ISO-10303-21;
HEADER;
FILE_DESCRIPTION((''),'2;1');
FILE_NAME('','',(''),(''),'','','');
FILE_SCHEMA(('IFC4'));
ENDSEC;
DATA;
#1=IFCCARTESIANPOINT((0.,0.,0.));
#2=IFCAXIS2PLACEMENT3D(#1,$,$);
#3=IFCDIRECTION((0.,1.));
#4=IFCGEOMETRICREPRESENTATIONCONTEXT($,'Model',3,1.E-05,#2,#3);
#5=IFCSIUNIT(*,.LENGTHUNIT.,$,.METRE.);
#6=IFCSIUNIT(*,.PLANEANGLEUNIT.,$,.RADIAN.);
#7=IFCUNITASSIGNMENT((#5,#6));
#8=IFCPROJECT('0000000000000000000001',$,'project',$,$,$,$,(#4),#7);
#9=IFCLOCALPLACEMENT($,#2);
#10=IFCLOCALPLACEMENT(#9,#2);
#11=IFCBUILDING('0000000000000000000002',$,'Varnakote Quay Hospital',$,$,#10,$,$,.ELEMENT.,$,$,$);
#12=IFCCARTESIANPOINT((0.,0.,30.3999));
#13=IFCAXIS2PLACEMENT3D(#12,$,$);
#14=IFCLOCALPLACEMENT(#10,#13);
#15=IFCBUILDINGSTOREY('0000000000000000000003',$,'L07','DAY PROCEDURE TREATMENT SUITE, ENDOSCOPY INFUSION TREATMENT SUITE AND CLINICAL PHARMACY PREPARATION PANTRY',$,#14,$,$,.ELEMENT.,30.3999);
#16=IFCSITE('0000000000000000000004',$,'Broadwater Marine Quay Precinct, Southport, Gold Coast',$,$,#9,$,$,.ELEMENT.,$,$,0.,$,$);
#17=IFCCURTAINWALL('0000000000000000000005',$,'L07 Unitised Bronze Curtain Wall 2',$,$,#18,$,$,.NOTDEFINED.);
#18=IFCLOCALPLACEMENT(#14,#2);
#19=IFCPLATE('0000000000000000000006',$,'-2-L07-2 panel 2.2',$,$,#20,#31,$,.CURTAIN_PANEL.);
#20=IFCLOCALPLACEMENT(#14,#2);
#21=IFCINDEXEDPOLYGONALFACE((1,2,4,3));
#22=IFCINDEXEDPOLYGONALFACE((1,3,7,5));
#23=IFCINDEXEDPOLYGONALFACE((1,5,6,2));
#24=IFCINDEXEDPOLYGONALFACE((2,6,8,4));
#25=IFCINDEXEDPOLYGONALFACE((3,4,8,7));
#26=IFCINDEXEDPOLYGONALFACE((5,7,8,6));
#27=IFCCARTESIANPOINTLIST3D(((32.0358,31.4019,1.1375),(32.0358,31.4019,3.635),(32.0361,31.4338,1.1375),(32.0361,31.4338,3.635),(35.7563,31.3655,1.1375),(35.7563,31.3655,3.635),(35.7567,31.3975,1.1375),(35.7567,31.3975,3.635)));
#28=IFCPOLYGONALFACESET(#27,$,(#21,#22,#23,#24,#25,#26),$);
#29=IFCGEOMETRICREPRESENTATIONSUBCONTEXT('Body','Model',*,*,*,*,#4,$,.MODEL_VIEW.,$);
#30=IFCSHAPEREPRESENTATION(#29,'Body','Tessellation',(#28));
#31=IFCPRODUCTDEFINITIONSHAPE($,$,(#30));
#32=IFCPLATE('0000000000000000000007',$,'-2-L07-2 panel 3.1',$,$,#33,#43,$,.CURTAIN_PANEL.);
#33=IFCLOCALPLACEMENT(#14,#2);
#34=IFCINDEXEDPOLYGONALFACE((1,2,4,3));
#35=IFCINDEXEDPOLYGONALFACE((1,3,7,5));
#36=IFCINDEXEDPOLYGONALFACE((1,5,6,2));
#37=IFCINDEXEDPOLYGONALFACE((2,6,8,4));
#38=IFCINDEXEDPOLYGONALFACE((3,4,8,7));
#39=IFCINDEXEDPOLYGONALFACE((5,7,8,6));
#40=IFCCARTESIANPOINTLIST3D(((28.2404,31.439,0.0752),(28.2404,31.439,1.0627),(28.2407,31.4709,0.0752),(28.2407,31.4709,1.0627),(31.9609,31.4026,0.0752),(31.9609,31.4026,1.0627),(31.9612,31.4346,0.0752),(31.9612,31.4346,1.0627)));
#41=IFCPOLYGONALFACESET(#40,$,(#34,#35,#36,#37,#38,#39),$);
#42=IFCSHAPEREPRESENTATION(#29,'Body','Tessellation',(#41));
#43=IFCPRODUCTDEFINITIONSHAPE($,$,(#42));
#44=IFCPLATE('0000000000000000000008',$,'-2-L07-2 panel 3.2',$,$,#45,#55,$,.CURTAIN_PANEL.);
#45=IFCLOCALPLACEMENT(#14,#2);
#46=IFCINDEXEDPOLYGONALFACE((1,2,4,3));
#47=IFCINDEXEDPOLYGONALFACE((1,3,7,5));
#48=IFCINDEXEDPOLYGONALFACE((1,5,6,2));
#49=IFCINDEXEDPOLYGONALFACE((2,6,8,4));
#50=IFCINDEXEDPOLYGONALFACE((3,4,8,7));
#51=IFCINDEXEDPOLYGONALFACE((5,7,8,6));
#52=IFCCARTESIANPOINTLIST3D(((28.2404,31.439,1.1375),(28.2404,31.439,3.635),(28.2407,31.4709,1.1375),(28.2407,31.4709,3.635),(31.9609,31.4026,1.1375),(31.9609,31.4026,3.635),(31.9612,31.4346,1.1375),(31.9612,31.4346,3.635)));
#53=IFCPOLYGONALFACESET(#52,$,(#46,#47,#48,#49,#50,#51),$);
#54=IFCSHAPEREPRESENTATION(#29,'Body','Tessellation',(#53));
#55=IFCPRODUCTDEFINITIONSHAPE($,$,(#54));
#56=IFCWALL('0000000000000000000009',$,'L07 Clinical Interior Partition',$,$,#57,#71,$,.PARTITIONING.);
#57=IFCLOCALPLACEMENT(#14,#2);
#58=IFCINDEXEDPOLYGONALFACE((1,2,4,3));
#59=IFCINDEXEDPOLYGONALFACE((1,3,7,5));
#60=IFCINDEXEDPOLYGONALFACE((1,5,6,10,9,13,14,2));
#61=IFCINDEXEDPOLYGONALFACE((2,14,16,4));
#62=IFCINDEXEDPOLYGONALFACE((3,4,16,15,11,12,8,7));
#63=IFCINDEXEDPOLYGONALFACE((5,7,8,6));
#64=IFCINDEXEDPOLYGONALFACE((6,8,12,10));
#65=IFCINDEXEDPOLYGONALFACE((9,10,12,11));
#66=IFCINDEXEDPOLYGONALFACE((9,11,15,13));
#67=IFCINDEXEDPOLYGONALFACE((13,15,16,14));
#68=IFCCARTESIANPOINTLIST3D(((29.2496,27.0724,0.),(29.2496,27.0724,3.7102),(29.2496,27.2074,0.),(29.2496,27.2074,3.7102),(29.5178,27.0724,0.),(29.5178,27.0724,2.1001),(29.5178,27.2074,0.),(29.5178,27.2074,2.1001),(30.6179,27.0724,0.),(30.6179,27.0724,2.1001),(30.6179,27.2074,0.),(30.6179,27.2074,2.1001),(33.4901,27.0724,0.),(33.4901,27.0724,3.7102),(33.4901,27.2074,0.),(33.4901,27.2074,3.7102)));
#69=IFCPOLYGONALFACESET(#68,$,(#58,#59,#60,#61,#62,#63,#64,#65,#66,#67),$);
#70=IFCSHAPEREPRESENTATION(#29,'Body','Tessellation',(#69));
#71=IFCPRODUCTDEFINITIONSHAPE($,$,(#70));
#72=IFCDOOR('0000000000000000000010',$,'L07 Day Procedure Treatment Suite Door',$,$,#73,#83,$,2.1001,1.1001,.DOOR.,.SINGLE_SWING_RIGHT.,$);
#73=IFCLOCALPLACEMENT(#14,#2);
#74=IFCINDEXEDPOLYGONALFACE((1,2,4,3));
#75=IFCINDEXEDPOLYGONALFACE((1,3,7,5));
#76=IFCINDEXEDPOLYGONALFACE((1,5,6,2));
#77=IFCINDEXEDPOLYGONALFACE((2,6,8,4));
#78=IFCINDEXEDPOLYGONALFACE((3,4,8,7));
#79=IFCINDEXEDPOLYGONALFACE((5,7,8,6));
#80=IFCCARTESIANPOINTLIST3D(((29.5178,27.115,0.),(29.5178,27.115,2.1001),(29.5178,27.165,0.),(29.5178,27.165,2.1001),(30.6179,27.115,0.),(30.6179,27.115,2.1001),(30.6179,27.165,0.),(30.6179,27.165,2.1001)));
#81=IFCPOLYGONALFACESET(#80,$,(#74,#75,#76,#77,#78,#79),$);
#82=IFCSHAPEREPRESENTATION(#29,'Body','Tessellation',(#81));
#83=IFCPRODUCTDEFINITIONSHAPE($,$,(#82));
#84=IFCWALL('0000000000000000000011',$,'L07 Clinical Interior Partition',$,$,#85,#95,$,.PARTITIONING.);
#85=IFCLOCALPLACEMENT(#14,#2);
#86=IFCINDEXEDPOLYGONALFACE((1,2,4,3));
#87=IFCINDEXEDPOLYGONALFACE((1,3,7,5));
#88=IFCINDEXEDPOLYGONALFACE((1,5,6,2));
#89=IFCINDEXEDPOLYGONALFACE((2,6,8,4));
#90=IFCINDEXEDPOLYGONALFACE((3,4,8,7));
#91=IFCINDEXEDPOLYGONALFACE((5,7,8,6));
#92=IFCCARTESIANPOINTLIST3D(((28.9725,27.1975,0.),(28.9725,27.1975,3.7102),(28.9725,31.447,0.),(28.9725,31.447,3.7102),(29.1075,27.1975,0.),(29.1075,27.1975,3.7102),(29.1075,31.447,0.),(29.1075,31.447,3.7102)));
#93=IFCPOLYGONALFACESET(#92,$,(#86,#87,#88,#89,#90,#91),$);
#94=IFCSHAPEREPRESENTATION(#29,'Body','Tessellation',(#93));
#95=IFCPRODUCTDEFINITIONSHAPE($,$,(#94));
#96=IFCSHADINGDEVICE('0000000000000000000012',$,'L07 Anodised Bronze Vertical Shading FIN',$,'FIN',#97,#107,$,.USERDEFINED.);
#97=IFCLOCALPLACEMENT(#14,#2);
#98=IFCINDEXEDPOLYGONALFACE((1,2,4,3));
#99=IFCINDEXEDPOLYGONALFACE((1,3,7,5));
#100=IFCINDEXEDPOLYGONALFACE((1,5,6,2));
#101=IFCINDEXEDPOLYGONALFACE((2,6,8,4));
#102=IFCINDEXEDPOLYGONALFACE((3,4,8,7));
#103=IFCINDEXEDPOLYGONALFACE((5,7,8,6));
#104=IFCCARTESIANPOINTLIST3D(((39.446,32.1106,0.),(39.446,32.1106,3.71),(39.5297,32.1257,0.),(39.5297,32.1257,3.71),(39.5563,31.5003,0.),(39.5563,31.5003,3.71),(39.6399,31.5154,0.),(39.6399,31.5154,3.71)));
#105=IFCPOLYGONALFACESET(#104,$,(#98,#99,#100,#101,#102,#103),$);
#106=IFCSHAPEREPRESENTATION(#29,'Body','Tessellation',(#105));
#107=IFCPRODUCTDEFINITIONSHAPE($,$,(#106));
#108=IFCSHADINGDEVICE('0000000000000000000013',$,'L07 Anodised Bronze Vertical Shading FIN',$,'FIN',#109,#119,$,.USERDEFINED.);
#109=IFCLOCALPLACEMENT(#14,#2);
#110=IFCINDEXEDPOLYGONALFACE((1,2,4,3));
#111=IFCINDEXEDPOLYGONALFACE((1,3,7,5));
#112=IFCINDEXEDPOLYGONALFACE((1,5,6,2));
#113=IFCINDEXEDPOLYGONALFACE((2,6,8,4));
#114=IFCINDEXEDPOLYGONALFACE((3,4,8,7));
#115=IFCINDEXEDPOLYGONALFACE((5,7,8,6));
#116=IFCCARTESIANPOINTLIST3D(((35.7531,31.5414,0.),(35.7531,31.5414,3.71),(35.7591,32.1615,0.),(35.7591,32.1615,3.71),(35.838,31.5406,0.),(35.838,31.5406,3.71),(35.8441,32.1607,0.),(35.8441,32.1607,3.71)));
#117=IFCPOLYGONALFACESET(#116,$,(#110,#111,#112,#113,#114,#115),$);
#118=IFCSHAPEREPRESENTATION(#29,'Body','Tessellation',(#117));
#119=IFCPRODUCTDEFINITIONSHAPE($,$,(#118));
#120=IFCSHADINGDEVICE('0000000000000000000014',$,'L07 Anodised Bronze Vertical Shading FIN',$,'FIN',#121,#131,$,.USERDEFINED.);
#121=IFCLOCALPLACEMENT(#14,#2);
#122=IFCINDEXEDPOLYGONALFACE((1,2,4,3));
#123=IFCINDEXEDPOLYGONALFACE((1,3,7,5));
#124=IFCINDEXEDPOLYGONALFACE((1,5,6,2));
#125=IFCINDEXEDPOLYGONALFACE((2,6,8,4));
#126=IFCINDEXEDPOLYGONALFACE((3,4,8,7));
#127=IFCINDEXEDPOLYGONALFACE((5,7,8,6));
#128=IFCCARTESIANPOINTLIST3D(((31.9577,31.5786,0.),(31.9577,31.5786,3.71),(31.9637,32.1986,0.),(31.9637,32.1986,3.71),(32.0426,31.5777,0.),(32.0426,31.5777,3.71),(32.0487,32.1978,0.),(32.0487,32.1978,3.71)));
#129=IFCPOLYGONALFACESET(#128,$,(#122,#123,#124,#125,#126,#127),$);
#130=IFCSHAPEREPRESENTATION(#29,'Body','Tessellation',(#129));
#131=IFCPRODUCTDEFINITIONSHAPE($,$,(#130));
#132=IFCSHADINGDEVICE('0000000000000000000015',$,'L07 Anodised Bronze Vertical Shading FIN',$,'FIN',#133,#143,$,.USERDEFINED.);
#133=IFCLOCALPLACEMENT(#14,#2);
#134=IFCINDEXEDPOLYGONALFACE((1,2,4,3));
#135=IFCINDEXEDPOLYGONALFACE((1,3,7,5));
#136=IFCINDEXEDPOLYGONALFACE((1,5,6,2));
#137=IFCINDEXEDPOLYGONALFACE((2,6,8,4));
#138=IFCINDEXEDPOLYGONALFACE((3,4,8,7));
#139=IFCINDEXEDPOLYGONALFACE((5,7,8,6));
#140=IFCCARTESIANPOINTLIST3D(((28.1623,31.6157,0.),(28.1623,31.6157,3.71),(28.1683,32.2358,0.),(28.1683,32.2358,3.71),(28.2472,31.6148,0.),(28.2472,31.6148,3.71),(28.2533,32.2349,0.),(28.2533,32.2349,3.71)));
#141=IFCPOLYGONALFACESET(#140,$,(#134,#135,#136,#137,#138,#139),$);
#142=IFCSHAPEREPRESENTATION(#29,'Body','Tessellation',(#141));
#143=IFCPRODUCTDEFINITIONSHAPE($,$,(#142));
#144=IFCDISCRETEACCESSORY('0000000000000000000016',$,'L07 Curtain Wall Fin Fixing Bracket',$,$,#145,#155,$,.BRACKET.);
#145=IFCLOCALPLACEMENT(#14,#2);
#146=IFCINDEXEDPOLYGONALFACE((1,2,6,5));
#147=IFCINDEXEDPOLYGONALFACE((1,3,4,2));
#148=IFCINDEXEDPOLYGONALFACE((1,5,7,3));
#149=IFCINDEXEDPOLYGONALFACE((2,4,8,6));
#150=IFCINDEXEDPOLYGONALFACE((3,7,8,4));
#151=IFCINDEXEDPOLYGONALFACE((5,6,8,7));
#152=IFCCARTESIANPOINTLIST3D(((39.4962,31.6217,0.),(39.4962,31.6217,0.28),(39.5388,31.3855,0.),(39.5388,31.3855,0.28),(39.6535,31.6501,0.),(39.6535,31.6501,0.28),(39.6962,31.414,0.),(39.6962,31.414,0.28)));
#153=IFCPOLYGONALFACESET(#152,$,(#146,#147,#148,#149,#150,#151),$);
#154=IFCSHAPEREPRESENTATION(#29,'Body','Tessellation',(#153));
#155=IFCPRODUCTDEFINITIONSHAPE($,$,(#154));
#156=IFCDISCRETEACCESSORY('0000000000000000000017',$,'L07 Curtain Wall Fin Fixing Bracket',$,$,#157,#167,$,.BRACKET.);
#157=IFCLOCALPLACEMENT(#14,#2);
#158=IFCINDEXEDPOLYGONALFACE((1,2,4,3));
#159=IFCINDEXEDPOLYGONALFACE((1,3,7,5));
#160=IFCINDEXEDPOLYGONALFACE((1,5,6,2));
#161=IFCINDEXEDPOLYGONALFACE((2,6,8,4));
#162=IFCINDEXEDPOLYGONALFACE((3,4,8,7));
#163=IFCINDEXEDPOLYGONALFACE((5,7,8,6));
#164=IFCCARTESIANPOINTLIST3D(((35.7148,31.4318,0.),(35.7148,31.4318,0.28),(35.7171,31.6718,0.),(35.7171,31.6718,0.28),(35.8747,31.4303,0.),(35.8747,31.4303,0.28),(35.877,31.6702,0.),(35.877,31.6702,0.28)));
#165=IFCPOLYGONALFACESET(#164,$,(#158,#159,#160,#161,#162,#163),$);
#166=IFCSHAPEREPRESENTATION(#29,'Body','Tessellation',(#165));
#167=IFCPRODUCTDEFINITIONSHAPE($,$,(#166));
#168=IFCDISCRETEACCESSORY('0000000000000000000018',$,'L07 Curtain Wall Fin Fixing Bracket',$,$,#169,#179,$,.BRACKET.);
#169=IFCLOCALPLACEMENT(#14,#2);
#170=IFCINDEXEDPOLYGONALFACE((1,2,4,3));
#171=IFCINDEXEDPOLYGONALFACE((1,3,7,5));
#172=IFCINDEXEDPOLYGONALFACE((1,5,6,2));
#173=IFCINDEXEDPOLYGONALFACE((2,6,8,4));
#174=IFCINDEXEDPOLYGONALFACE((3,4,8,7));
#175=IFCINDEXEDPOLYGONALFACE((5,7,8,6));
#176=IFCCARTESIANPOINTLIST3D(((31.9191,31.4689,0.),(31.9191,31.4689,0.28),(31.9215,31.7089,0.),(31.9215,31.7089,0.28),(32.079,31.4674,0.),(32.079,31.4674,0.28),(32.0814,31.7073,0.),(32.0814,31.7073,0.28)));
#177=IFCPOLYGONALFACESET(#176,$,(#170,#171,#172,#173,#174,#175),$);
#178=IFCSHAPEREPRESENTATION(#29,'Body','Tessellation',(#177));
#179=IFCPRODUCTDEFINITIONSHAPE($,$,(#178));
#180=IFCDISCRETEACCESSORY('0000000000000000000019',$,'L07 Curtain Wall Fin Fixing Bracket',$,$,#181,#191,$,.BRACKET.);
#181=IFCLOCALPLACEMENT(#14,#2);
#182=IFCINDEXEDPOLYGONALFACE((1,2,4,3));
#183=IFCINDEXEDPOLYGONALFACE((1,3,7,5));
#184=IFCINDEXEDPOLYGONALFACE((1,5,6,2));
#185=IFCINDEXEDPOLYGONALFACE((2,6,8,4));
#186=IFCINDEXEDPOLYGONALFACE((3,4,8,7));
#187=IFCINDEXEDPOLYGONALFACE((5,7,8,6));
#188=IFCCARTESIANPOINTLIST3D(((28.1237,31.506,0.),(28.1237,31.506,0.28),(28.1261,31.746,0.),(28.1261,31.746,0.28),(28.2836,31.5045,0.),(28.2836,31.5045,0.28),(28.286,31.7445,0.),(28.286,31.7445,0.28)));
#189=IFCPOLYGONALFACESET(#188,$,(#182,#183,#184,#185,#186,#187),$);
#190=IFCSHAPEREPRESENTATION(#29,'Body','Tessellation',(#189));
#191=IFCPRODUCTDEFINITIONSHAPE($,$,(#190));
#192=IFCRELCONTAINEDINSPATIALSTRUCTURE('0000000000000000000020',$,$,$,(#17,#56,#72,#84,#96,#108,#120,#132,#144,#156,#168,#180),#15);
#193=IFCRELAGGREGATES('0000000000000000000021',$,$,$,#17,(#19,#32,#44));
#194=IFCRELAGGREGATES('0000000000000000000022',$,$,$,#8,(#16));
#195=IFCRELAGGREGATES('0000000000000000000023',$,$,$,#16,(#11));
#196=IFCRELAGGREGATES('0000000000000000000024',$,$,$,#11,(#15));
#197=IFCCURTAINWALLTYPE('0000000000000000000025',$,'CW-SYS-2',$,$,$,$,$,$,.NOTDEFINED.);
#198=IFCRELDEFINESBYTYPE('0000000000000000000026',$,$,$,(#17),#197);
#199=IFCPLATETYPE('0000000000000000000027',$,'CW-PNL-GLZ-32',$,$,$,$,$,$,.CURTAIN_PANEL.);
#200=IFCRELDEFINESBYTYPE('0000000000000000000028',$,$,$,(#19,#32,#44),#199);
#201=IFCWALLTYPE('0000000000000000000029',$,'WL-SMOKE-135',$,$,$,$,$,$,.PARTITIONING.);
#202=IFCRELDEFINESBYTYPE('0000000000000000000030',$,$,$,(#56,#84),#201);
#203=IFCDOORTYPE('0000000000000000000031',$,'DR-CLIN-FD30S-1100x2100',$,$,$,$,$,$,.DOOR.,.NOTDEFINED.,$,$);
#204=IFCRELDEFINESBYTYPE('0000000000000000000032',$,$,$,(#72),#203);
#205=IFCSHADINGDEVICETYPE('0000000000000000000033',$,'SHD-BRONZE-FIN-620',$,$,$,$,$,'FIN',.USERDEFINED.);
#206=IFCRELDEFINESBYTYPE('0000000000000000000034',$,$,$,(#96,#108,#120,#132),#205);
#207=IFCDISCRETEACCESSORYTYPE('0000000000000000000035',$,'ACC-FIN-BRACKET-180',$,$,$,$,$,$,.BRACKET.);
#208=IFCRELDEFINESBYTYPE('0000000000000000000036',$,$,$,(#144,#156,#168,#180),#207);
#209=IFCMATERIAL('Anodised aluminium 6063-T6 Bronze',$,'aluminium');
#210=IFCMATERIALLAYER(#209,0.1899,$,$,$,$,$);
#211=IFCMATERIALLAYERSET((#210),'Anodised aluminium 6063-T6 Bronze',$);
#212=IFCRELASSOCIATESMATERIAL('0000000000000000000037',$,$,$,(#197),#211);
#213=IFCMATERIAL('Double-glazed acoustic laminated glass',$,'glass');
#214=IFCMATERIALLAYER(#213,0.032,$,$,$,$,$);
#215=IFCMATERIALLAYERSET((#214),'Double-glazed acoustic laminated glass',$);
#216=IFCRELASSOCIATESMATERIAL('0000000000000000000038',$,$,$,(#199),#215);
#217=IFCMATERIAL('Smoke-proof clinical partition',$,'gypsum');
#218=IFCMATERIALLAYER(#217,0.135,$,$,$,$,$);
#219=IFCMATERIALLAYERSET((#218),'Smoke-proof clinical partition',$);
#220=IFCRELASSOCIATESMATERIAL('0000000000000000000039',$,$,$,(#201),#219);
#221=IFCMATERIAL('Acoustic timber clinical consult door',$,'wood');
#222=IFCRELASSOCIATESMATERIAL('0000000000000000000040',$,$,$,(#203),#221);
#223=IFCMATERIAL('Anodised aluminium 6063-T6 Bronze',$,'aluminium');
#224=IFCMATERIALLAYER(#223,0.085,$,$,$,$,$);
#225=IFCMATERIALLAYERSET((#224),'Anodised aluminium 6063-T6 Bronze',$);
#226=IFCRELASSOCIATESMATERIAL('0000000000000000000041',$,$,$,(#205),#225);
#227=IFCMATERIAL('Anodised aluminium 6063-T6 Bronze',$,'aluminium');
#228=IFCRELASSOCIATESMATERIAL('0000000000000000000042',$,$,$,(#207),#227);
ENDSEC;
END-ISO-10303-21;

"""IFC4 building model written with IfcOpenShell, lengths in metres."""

from ifc_helpers import new_model, si_unit, direction, frame, frame_2d, origin, origin_2d, place, context, subcontext, project, spatial, rectangle, extrude, material, layer, layer_set, type_object, element, fill, aggregate, save


model = new_model("IFC4")

# Units and contexts
model_context = context("Model", 3, precision=1e-05, world=origin(), true_north=direction((0.0, 1.0)))
body_context = subcontext(model_context, "Body", "Model", "MODEL_VIEW")
ifc_project = project(units=[si_unit("LENGTHUNIT", "METRE"), si_unit("PLANEANGLEUNIT", "RADIAN")], contexts=[model_context])

# Site, building, storey
site_placement = place(None, origin())
site = spatial("IfcSite", under=ifc_project, at=site_placement, Name="Broadwater Marine Quay Precinct, Southport, Gold Coast", CompositionType="ELEMENT", RefElevation=0.0)
building_placement = place(site_placement, origin())
building = spatial("IfcBuilding", under=site, at=building_placement, Name="Varnakote Quay Hospital", CompositionType="ELEMENT")
storey_placement = place(building_placement, frame((0.0, 0.0, 30.3999)))
storey = spatial("IfcBuildingStorey", under=building, at=storey_placement, Name="L07", Description="DAY PROCEDURE TREATMENT SUITE, ENDOSCOPY INFUSION TREATMENT SUITE AND CLINICAL PHARMACY PREPARATION PANTRY", CompositionType="ELEMENT", Elevation=30.3999)

# Shared definitions
ifc_material_1 = material(Name="Anodised aluminium 6063-T6 Bronze", Category="aluminium")
ifc_layer_1 = layer(ifc_material_1, 0.1899)
ifc_layer_set_1 = layer_set([ifc_layer_1], Name="Anodised aluminium 6063-T6 Bronze")
curtain_wall_type = type_object("IfcCurtainWallType", Name="CW-SYS-2", PredefinedType="NOTDEFINED", material=ifc_layer_set_1)

# Curtain wall
curtain_wall_1_placement = place(storey_placement, origin())
curtain_wall_1 = element("IfcCurtainWall", 1, at=curtain_wall_1_placement, inside=storey, type_object=curtain_wall_type, Name="L07 Unitised Bronze Curtain Wall 2", PredefinedType="NOTDEFINED")

# Plates
ifc_material_2 = material(Name="Double-glazed acoustic laminated glass", Category="glass")
ifc_layer_2 = layer(ifc_material_2, 0.032)
ifc_layer_set_2 = layer_set([ifc_layer_2], Name="Double-glazed acoustic laminated glass")
plate_type = type_object("IfcPlateType", Name="CW-PNL-GLZ-32", PredefinedType="CURTAIN_PANEL", material=ifc_layer_set_2)
plate_1_placement = place(storey_placement, frame((33.8962, 31.3997, 1.1375), z_axis=(0.0, 0.0, 1.0), x_axis=(-0.999952, 0.009774, 0.0)))
plate_1 = element("IfcPlate", 2, at=plate_1_placement, type_object=plate_type, Name="-2-L07-2 panel 2.2", PredefinedType="CURTAIN_PANEL", context=body_context, shape_type="SweptSolid", body=[
    extrude(rectangle(XDim=3.7207, YDim=0.032, at=origin_2d()), origin(), (0.0, 0.0, 1.0), 2.4976),
])
plate_2_placement = place(storey_placement, frame((30.1008, 31.4368, 0.0752), z_axis=(0.0, 0.0, 1.0), x_axis=(-0.999952, 0.009774, 0.0)))
plate_2 = element("IfcPlate", 3, at=plate_2_placement, type_object=plate_type, Name="-2-L07-2 panel 3.1", PredefinedType="CURTAIN_PANEL", context=body_context, shape_type="SweptSolid", body=[
    extrude(rectangle(XDim=3.7207, YDim=0.032, at=origin_2d()), origin(), (0.0, 0.0, 1.0), 0.9875),
])
plate_3_placement = place(storey_placement, frame((30.1008, 31.4368, 1.1375), z_axis=(0.0, 0.0, 1.0), x_axis=(-0.999952, 0.009774, 0.0)))
plate_3 = element("IfcPlate", 4, at=plate_3_placement, type_object=plate_type, Name="-2-L07-2 panel 3.2", PredefinedType="CURTAIN_PANEL", context=body_context, shape_type="SweptSolid", body=[
    extrude(rectangle(XDim=3.7207, YDim=0.032, at=origin_2d()), origin(), (0.0, 0.0, 1.0), 2.4976),
])
aggregate(curtain_wall_1, [plate_1, plate_2, plate_3])

# Wall, opening, door
ifc_material_3 = material(Name="Smoke-proof clinical partition", Category="gypsum")
ifc_layer_3 = layer(ifc_material_3, 0.135)
ifc_layer_set_3 = layer_set([ifc_layer_3], Name="Smoke-proof clinical partition")
wall_type = type_object("IfcWallType", Name="WL-SMOKE-135", PredefinedType="PARTITIONING", material=ifc_layer_set_3)
wall_1_placement = place(storey_placement, frame((33.49, 27.1399, 0.0), z_axis=(0.0, 0.0, 1.0), x_axis=(-1.0, 0.0, 0.0)))
wall_1 = element("IfcWall", 5, at=wall_1_placement, inside=storey, type_object=wall_type, Name="L07 Clinical Interior Partition", PredefinedType="PARTITIONING", context=body_context, shape_type="SweptSolid", body=[
    extrude(rectangle(XDim=4.2405, YDim=0.135, at=frame_2d((2.1201, 0.0))), origin(), (0.0, 0.0, 1.0), 3.7102),
])
opening_placement = place(wall_1_placement, frame((2.8721, 0.0, 0.0)))
opening = element("IfcOpeningElement", 6, at=opening_placement, cuts=wall_1, PredefinedType="OPENING", context=body_context, shape_type="SweptSolid", body=[
    extrude(rectangle(XDim=1.1001, YDim=2.1001, at=frame_2d((0.55, 1.05))), frame((0.0, 0.0774, 0.0), z_axis=(0.0, -1.0, 0.0), x_axis=(1.0, 0.0, 0.0)), (0.0, 0.0, 1.0), 0.155),
])
ifc_material_4 = material(Name="Acoustic timber clinical consult door", Category="wood")
door_type = type_object("IfcDoorType", Name="DR-CLIN-FD30S-1100x2100", OperationType="NOTDEFINED", PredefinedType="DOOR", material=ifc_material_4)
door_placement = place(opening_placement, origin())
door = element("IfcDoor", 7, at=door_placement, inside=storey, type_object=door_type, Name="L07 Day Procedure Treatment Suite Door", OperationType="SINGLE_SWING_RIGHT", OverallHeight=2.1001, OverallWidth=1.1001, PredefinedType="DOOR", context=body_context, shape_type="SweptSolid", body=[
    extrude(rectangle(XDim=1.1001, YDim=2.1001, at=frame_2d((0.55, 1.05))), frame((0.0, 0.0249, 0.0), z_axis=(0.0, -1.0, 0.0), x_axis=(1.0, 0.0, 0.0)), (0.0, 0.0, 1.0), 0.05),
])
fill(opening, door)

# Wall
wall_2_placement = place(storey_placement, frame((29.04, 27.1975, 0.0), z_axis=(0.0, 0.0, 1.0), x_axis=(0.0, 1.0, 0.0)))
element("IfcWall", 8, at=wall_2_placement, inside=storey, type_object=wall_type, Name="L07 Clinical Interior Partition", PredefinedType="PARTITIONING", context=body_context, shape_type="SweptSolid", body=[
    extrude(rectangle(XDim=4.2495, YDim=0.135, at=frame_2d((2.1248, 0.0))), origin(), (0.0, 0.0, 1.0), 3.7102),
])

# Shading devices
ifc_material_5 = material(Name="Anodised aluminium 6063-T6 Bronze", Category="aluminium")
ifc_layer_4 = layer(ifc_material_5, 0.085)
ifc_layer_set_4 = layer_set([ifc_layer_4], Name="Anodised aluminium 6063-T6 Bronze")
shading_device_type = type_object("IfcShadingDeviceType", Name="SHD-BRONZE-FIN-620", ElementType="FIN", PredefinedType="USERDEFINED", material=ifc_layer_set_4)
for number, where, z_axis, x_axis, name in (
    (9, (39.543, 31.813, 0.0), (0.0, 0.0, 1.0), (0.177772, -0.984072, 0.0), "L07 Anodised Bronze Vertical Shading FIN"),
    (10, (35.7986, 31.8511, 0.0), (0.0, 0.0, 1.0), (-0.009774, -0.999952, 0.0), "L07 Anodised Bronze Vertical Shading FIN"),
    (11, (32.0032, 31.8882, 0.0), (0.0, 0.0, 1.0), (-0.009774, -0.999952, 0.0), "L07 Anodised Bronze Vertical Shading FIN"),
    (12, (28.2078, 31.9253, 0.0), (0.0, 0.0, 1.0), (-0.009774, -0.999952, 0.0), "L07 Anodised Bronze Vertical Shading FIN"),
):
    element("IfcShadingDevice", number, at=place(storey_placement, frame(where, z_axis=z_axis, x_axis=x_axis)), inside=storey, type_object=shading_device_type, Name=name, ObjectType="FIN", PredefinedType="USERDEFINED", context=body_context, shape_type="SweptSolid", body=[
        extrude(rectangle(XDim=0.6201, YDim=0.085, at=origin_2d()), origin(), (0.0, 0.0, 1.0), 3.71),
    ])

# Discrete accessories
ifc_material_6 = material(Name="Anodised aluminium 6063-T6 Bronze", Category="aluminium")
discrete_accessory_type = type_object("IfcDiscreteAccessoryType", Name="ACC-FIN-BRACKET-180", PredefinedType="BRACKET", material=ifc_material_6)
for number, where, z_axis, x_axis, name in (
    (13, (39.5962, 31.5178, 0.0), (0.0, 0.0, 1.0), (-0.984072, -0.177772, 0.0), "L07 Curtain Wall Fin Fixing Bracket"),
    (14, (35.7959, 31.551, 0.0), (0.0, 0.0, 1.0), (-0.999952, 0.009774, 0.0), "L07 Curtain Wall Fin Fixing Bracket"),
    (15, (32.0002, 31.5881, 0.0), (0.0, 0.0, 1.0), (-0.999952, 0.009774, 0.0), "L07 Curtain Wall Fin Fixing Bracket"),
    (16, (28.2048, 31.6252, 0.0), (0.0, 0.0, 1.0), (-0.999952, 0.009774, 0.0), "L07 Curtain Wall Fin Fixing Bracket"),
):
    element("IfcDiscreteAccessory", number, at=place(storey_placement, frame(where, z_axis=z_axis, x_axis=x_axis)), inside=storey, type_object=discrete_accessory_type, Name=name, PredefinedType="BRACKET", context=body_context, shape_type="SweptSolid", body=[
        extrude(rectangle(XDim=0.1599, YDim=0.24, at=origin_2d()), origin(), (0.0, 0.0, 1.0), 0.28),
    ])

save(model, "model.ifc")
